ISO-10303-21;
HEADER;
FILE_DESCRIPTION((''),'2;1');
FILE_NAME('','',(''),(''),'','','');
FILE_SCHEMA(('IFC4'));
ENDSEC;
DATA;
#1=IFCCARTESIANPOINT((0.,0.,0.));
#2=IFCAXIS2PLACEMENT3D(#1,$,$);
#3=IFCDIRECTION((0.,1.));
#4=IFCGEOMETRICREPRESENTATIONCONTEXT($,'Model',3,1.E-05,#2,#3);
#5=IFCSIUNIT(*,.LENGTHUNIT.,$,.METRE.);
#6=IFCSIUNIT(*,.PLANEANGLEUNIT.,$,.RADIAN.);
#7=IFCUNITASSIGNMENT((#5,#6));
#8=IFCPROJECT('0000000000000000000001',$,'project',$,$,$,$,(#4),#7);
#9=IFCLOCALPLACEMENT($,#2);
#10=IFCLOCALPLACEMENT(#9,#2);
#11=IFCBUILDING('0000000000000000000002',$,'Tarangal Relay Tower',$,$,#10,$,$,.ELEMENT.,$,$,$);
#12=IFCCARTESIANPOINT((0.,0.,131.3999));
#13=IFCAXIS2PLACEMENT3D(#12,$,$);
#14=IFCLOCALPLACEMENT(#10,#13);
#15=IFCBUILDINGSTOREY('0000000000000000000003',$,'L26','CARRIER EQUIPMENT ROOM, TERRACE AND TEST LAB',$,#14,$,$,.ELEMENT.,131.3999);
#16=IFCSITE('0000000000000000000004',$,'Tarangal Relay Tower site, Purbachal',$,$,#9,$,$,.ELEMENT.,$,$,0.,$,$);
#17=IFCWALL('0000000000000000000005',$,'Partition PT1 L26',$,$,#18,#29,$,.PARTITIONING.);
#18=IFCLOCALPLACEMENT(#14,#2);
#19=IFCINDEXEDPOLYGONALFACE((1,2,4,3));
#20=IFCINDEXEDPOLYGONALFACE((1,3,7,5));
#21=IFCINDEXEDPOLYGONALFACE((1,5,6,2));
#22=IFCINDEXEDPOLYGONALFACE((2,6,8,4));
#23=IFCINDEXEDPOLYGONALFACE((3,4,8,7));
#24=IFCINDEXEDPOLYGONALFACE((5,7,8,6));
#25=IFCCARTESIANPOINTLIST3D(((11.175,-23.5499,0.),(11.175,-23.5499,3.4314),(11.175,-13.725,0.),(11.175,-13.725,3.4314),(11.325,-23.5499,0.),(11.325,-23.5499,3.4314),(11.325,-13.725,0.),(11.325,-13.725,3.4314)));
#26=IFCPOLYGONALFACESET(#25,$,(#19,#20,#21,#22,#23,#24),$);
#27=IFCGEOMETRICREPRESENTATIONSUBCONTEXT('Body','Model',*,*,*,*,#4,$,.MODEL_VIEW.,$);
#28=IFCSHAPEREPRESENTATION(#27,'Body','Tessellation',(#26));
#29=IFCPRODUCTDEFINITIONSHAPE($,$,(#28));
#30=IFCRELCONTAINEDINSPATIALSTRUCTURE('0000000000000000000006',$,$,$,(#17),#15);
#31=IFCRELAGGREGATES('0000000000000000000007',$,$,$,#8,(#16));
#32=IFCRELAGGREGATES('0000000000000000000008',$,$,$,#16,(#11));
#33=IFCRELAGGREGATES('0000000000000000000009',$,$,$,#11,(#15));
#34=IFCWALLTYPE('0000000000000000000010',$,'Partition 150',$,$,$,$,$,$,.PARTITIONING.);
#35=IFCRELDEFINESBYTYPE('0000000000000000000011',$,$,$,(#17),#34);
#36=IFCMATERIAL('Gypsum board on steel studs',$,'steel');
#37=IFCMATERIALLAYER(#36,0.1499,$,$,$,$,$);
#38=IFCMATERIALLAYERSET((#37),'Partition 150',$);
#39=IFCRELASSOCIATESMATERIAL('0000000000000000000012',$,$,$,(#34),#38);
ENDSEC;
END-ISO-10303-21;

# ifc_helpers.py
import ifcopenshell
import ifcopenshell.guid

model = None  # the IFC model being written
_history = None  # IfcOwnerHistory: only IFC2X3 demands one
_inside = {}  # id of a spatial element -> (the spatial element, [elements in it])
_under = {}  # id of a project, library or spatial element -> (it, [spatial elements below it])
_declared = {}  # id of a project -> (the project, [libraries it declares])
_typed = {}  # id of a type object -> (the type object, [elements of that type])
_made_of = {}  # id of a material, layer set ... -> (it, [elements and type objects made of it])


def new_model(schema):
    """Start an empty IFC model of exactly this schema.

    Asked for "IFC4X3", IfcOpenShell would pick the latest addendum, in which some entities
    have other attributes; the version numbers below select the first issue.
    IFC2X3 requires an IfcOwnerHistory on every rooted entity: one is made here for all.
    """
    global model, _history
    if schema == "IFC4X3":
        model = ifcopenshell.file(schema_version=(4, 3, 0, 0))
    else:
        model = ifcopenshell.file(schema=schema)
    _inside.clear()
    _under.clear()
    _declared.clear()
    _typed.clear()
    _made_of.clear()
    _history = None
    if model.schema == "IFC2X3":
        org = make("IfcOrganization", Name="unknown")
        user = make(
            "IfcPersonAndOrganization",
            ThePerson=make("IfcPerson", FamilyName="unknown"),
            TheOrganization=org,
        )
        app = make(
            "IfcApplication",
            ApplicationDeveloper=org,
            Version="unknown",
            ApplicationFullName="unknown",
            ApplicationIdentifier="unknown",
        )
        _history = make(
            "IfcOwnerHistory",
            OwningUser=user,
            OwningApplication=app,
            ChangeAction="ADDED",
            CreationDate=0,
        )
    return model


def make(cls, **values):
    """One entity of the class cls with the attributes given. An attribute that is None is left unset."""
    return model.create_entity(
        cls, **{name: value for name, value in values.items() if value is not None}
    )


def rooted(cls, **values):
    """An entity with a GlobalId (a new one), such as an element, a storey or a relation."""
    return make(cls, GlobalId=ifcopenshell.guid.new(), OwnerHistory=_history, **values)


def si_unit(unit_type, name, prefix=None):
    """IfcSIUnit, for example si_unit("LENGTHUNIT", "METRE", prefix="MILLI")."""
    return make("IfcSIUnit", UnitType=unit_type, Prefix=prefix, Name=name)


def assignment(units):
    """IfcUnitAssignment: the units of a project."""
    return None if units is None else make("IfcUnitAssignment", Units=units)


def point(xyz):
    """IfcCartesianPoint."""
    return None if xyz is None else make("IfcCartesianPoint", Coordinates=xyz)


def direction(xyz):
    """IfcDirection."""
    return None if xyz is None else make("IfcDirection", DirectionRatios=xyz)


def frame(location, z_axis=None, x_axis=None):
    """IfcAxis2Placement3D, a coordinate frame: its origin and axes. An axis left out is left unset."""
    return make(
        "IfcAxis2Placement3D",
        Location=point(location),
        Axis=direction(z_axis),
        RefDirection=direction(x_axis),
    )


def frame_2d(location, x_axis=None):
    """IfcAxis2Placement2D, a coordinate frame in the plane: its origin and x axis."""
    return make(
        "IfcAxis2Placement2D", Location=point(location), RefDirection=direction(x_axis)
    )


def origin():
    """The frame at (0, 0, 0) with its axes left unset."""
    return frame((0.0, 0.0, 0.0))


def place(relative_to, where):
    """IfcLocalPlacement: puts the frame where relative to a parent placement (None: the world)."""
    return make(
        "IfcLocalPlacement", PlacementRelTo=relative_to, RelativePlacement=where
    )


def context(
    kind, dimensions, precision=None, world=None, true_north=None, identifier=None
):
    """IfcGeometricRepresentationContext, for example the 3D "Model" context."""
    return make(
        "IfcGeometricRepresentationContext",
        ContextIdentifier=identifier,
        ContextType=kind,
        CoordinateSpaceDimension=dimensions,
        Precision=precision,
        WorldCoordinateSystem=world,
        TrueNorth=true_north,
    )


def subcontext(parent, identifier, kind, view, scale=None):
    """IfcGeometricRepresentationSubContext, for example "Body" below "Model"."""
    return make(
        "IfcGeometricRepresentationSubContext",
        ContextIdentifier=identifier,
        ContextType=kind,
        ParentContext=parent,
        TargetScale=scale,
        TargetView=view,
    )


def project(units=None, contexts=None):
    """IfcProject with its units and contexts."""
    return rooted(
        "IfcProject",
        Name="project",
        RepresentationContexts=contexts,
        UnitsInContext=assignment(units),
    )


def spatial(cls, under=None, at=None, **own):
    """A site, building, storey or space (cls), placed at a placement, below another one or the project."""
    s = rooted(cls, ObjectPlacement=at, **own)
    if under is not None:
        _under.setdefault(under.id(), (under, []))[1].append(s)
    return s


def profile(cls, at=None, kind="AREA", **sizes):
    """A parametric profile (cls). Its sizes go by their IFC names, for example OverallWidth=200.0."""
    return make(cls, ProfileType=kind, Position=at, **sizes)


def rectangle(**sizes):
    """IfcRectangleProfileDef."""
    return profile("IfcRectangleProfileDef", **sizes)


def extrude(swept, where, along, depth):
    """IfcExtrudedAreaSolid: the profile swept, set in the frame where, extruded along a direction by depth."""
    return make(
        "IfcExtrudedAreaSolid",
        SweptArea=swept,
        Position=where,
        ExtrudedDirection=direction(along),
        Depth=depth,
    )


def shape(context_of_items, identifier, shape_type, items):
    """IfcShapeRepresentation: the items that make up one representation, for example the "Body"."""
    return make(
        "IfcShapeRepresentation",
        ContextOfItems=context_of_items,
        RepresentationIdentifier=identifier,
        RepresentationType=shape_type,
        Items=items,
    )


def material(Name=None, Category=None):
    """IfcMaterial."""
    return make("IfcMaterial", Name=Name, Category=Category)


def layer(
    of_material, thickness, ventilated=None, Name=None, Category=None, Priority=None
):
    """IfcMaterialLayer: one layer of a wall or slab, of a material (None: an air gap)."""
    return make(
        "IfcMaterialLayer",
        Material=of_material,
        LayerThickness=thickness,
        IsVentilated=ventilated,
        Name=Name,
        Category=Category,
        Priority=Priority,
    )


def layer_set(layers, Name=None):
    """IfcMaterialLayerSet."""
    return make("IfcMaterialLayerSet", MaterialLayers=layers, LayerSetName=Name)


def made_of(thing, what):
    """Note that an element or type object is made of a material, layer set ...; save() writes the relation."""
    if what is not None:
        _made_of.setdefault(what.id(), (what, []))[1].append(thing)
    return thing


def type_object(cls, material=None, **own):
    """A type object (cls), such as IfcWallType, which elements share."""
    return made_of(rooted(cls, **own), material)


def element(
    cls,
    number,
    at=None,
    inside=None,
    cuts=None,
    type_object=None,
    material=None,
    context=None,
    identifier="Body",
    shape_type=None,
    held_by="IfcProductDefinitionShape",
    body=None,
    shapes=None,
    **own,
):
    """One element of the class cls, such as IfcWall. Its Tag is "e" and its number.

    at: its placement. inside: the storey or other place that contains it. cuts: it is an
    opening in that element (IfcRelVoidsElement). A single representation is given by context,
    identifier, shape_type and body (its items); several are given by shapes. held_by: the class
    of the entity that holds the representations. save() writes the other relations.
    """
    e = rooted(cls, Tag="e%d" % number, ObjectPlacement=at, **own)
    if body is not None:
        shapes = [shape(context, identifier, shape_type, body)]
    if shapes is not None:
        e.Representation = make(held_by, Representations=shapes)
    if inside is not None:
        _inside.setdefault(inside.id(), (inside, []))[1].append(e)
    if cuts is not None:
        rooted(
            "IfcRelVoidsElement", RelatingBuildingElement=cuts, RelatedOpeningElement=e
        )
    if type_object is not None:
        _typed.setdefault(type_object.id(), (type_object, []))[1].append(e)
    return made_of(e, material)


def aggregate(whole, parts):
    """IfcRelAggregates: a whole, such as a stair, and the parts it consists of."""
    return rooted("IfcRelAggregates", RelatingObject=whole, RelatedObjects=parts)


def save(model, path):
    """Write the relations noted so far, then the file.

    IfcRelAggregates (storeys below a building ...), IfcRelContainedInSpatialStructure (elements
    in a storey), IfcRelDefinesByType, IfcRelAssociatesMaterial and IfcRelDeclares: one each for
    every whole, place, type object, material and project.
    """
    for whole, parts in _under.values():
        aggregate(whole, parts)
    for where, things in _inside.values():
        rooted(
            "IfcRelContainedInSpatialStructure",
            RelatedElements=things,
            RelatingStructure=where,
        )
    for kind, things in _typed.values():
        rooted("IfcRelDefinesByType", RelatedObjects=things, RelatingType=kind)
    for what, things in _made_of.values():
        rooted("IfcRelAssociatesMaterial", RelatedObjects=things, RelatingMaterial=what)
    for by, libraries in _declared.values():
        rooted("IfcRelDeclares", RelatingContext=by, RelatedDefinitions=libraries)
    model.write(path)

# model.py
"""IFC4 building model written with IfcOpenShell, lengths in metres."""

from ifc_helpers import new_model, si_unit, direction, frame, frame_2d, origin, place, context, subcontext, project, spatial, rectangle, extrude, material, layer, layer_set, type_object, element, save


model = new_model("IFC4")

# Units and contexts
model_context = context("Model", 3, precision=1e-05, world=origin(), true_north=direction((0.0, 1.0)))
body_context = subcontext(model_context, "Body", "Model", "MODEL_VIEW")
ifc_project = project(units=[si_unit("LENGTHUNIT", "METRE"), si_unit("PLANEANGLEUNIT", "RADIAN")], contexts=[model_context])

# Site, building, storey
site_placement = place(None, origin())
site = spatial("IfcSite", under=ifc_project, at=site_placement, Name="Tarangal Relay Tower site, Purbachal", CompositionType="ELEMENT", RefElevation=0.0)
building_placement = place(site_placement, origin())
building = spatial("IfcBuilding", under=site, at=building_placement, Name="Tarangal Relay Tower", CompositionType="ELEMENT")
storey_placement = place(building_placement, frame((0.0, 0.0, 131.3999)))
storey = spatial("IfcBuildingStorey", under=building, at=storey_placement, Name="L26", Description="CARRIER EQUIPMENT ROOM, TERRACE AND TEST LAB", CompositionType="ELEMENT", Elevation=131.3999)

# Wall
ifc_material_1 = material(Name="Gypsum board on steel studs", Category="steel")
ifc_layer_1 = layer(ifc_material_1, 0.1499)
ifc_layer_set_1 = layer_set([ifc_layer_1], Name="Partition 150")
wall_type_1 = type_object("IfcWallType", Name="Partition 150", PredefinedType="PARTITIONING", material=ifc_layer_set_1)
wall_1_placement = place(storey_placement, frame((11.25, -23.55, 0.0), z_axis=(0.0, 0.0, 1.0), x_axis=(0.0, 1.0, 0.0)))
element("IfcWall", 1, at=wall_1_placement, inside=storey, type_object=wall_type_1, Name="Partition PT1 L26", PredefinedType="PARTITIONING", context=body_context, shape_type="SweptSolid", body=[
    extrude(rectangle(XDim=9.825, YDim=0.1499, at=frame_2d((4.9126, 0.0))), origin(), (0.0, 0.0, 1.0), 3.4314),
])

save(model, "model.ifc")
